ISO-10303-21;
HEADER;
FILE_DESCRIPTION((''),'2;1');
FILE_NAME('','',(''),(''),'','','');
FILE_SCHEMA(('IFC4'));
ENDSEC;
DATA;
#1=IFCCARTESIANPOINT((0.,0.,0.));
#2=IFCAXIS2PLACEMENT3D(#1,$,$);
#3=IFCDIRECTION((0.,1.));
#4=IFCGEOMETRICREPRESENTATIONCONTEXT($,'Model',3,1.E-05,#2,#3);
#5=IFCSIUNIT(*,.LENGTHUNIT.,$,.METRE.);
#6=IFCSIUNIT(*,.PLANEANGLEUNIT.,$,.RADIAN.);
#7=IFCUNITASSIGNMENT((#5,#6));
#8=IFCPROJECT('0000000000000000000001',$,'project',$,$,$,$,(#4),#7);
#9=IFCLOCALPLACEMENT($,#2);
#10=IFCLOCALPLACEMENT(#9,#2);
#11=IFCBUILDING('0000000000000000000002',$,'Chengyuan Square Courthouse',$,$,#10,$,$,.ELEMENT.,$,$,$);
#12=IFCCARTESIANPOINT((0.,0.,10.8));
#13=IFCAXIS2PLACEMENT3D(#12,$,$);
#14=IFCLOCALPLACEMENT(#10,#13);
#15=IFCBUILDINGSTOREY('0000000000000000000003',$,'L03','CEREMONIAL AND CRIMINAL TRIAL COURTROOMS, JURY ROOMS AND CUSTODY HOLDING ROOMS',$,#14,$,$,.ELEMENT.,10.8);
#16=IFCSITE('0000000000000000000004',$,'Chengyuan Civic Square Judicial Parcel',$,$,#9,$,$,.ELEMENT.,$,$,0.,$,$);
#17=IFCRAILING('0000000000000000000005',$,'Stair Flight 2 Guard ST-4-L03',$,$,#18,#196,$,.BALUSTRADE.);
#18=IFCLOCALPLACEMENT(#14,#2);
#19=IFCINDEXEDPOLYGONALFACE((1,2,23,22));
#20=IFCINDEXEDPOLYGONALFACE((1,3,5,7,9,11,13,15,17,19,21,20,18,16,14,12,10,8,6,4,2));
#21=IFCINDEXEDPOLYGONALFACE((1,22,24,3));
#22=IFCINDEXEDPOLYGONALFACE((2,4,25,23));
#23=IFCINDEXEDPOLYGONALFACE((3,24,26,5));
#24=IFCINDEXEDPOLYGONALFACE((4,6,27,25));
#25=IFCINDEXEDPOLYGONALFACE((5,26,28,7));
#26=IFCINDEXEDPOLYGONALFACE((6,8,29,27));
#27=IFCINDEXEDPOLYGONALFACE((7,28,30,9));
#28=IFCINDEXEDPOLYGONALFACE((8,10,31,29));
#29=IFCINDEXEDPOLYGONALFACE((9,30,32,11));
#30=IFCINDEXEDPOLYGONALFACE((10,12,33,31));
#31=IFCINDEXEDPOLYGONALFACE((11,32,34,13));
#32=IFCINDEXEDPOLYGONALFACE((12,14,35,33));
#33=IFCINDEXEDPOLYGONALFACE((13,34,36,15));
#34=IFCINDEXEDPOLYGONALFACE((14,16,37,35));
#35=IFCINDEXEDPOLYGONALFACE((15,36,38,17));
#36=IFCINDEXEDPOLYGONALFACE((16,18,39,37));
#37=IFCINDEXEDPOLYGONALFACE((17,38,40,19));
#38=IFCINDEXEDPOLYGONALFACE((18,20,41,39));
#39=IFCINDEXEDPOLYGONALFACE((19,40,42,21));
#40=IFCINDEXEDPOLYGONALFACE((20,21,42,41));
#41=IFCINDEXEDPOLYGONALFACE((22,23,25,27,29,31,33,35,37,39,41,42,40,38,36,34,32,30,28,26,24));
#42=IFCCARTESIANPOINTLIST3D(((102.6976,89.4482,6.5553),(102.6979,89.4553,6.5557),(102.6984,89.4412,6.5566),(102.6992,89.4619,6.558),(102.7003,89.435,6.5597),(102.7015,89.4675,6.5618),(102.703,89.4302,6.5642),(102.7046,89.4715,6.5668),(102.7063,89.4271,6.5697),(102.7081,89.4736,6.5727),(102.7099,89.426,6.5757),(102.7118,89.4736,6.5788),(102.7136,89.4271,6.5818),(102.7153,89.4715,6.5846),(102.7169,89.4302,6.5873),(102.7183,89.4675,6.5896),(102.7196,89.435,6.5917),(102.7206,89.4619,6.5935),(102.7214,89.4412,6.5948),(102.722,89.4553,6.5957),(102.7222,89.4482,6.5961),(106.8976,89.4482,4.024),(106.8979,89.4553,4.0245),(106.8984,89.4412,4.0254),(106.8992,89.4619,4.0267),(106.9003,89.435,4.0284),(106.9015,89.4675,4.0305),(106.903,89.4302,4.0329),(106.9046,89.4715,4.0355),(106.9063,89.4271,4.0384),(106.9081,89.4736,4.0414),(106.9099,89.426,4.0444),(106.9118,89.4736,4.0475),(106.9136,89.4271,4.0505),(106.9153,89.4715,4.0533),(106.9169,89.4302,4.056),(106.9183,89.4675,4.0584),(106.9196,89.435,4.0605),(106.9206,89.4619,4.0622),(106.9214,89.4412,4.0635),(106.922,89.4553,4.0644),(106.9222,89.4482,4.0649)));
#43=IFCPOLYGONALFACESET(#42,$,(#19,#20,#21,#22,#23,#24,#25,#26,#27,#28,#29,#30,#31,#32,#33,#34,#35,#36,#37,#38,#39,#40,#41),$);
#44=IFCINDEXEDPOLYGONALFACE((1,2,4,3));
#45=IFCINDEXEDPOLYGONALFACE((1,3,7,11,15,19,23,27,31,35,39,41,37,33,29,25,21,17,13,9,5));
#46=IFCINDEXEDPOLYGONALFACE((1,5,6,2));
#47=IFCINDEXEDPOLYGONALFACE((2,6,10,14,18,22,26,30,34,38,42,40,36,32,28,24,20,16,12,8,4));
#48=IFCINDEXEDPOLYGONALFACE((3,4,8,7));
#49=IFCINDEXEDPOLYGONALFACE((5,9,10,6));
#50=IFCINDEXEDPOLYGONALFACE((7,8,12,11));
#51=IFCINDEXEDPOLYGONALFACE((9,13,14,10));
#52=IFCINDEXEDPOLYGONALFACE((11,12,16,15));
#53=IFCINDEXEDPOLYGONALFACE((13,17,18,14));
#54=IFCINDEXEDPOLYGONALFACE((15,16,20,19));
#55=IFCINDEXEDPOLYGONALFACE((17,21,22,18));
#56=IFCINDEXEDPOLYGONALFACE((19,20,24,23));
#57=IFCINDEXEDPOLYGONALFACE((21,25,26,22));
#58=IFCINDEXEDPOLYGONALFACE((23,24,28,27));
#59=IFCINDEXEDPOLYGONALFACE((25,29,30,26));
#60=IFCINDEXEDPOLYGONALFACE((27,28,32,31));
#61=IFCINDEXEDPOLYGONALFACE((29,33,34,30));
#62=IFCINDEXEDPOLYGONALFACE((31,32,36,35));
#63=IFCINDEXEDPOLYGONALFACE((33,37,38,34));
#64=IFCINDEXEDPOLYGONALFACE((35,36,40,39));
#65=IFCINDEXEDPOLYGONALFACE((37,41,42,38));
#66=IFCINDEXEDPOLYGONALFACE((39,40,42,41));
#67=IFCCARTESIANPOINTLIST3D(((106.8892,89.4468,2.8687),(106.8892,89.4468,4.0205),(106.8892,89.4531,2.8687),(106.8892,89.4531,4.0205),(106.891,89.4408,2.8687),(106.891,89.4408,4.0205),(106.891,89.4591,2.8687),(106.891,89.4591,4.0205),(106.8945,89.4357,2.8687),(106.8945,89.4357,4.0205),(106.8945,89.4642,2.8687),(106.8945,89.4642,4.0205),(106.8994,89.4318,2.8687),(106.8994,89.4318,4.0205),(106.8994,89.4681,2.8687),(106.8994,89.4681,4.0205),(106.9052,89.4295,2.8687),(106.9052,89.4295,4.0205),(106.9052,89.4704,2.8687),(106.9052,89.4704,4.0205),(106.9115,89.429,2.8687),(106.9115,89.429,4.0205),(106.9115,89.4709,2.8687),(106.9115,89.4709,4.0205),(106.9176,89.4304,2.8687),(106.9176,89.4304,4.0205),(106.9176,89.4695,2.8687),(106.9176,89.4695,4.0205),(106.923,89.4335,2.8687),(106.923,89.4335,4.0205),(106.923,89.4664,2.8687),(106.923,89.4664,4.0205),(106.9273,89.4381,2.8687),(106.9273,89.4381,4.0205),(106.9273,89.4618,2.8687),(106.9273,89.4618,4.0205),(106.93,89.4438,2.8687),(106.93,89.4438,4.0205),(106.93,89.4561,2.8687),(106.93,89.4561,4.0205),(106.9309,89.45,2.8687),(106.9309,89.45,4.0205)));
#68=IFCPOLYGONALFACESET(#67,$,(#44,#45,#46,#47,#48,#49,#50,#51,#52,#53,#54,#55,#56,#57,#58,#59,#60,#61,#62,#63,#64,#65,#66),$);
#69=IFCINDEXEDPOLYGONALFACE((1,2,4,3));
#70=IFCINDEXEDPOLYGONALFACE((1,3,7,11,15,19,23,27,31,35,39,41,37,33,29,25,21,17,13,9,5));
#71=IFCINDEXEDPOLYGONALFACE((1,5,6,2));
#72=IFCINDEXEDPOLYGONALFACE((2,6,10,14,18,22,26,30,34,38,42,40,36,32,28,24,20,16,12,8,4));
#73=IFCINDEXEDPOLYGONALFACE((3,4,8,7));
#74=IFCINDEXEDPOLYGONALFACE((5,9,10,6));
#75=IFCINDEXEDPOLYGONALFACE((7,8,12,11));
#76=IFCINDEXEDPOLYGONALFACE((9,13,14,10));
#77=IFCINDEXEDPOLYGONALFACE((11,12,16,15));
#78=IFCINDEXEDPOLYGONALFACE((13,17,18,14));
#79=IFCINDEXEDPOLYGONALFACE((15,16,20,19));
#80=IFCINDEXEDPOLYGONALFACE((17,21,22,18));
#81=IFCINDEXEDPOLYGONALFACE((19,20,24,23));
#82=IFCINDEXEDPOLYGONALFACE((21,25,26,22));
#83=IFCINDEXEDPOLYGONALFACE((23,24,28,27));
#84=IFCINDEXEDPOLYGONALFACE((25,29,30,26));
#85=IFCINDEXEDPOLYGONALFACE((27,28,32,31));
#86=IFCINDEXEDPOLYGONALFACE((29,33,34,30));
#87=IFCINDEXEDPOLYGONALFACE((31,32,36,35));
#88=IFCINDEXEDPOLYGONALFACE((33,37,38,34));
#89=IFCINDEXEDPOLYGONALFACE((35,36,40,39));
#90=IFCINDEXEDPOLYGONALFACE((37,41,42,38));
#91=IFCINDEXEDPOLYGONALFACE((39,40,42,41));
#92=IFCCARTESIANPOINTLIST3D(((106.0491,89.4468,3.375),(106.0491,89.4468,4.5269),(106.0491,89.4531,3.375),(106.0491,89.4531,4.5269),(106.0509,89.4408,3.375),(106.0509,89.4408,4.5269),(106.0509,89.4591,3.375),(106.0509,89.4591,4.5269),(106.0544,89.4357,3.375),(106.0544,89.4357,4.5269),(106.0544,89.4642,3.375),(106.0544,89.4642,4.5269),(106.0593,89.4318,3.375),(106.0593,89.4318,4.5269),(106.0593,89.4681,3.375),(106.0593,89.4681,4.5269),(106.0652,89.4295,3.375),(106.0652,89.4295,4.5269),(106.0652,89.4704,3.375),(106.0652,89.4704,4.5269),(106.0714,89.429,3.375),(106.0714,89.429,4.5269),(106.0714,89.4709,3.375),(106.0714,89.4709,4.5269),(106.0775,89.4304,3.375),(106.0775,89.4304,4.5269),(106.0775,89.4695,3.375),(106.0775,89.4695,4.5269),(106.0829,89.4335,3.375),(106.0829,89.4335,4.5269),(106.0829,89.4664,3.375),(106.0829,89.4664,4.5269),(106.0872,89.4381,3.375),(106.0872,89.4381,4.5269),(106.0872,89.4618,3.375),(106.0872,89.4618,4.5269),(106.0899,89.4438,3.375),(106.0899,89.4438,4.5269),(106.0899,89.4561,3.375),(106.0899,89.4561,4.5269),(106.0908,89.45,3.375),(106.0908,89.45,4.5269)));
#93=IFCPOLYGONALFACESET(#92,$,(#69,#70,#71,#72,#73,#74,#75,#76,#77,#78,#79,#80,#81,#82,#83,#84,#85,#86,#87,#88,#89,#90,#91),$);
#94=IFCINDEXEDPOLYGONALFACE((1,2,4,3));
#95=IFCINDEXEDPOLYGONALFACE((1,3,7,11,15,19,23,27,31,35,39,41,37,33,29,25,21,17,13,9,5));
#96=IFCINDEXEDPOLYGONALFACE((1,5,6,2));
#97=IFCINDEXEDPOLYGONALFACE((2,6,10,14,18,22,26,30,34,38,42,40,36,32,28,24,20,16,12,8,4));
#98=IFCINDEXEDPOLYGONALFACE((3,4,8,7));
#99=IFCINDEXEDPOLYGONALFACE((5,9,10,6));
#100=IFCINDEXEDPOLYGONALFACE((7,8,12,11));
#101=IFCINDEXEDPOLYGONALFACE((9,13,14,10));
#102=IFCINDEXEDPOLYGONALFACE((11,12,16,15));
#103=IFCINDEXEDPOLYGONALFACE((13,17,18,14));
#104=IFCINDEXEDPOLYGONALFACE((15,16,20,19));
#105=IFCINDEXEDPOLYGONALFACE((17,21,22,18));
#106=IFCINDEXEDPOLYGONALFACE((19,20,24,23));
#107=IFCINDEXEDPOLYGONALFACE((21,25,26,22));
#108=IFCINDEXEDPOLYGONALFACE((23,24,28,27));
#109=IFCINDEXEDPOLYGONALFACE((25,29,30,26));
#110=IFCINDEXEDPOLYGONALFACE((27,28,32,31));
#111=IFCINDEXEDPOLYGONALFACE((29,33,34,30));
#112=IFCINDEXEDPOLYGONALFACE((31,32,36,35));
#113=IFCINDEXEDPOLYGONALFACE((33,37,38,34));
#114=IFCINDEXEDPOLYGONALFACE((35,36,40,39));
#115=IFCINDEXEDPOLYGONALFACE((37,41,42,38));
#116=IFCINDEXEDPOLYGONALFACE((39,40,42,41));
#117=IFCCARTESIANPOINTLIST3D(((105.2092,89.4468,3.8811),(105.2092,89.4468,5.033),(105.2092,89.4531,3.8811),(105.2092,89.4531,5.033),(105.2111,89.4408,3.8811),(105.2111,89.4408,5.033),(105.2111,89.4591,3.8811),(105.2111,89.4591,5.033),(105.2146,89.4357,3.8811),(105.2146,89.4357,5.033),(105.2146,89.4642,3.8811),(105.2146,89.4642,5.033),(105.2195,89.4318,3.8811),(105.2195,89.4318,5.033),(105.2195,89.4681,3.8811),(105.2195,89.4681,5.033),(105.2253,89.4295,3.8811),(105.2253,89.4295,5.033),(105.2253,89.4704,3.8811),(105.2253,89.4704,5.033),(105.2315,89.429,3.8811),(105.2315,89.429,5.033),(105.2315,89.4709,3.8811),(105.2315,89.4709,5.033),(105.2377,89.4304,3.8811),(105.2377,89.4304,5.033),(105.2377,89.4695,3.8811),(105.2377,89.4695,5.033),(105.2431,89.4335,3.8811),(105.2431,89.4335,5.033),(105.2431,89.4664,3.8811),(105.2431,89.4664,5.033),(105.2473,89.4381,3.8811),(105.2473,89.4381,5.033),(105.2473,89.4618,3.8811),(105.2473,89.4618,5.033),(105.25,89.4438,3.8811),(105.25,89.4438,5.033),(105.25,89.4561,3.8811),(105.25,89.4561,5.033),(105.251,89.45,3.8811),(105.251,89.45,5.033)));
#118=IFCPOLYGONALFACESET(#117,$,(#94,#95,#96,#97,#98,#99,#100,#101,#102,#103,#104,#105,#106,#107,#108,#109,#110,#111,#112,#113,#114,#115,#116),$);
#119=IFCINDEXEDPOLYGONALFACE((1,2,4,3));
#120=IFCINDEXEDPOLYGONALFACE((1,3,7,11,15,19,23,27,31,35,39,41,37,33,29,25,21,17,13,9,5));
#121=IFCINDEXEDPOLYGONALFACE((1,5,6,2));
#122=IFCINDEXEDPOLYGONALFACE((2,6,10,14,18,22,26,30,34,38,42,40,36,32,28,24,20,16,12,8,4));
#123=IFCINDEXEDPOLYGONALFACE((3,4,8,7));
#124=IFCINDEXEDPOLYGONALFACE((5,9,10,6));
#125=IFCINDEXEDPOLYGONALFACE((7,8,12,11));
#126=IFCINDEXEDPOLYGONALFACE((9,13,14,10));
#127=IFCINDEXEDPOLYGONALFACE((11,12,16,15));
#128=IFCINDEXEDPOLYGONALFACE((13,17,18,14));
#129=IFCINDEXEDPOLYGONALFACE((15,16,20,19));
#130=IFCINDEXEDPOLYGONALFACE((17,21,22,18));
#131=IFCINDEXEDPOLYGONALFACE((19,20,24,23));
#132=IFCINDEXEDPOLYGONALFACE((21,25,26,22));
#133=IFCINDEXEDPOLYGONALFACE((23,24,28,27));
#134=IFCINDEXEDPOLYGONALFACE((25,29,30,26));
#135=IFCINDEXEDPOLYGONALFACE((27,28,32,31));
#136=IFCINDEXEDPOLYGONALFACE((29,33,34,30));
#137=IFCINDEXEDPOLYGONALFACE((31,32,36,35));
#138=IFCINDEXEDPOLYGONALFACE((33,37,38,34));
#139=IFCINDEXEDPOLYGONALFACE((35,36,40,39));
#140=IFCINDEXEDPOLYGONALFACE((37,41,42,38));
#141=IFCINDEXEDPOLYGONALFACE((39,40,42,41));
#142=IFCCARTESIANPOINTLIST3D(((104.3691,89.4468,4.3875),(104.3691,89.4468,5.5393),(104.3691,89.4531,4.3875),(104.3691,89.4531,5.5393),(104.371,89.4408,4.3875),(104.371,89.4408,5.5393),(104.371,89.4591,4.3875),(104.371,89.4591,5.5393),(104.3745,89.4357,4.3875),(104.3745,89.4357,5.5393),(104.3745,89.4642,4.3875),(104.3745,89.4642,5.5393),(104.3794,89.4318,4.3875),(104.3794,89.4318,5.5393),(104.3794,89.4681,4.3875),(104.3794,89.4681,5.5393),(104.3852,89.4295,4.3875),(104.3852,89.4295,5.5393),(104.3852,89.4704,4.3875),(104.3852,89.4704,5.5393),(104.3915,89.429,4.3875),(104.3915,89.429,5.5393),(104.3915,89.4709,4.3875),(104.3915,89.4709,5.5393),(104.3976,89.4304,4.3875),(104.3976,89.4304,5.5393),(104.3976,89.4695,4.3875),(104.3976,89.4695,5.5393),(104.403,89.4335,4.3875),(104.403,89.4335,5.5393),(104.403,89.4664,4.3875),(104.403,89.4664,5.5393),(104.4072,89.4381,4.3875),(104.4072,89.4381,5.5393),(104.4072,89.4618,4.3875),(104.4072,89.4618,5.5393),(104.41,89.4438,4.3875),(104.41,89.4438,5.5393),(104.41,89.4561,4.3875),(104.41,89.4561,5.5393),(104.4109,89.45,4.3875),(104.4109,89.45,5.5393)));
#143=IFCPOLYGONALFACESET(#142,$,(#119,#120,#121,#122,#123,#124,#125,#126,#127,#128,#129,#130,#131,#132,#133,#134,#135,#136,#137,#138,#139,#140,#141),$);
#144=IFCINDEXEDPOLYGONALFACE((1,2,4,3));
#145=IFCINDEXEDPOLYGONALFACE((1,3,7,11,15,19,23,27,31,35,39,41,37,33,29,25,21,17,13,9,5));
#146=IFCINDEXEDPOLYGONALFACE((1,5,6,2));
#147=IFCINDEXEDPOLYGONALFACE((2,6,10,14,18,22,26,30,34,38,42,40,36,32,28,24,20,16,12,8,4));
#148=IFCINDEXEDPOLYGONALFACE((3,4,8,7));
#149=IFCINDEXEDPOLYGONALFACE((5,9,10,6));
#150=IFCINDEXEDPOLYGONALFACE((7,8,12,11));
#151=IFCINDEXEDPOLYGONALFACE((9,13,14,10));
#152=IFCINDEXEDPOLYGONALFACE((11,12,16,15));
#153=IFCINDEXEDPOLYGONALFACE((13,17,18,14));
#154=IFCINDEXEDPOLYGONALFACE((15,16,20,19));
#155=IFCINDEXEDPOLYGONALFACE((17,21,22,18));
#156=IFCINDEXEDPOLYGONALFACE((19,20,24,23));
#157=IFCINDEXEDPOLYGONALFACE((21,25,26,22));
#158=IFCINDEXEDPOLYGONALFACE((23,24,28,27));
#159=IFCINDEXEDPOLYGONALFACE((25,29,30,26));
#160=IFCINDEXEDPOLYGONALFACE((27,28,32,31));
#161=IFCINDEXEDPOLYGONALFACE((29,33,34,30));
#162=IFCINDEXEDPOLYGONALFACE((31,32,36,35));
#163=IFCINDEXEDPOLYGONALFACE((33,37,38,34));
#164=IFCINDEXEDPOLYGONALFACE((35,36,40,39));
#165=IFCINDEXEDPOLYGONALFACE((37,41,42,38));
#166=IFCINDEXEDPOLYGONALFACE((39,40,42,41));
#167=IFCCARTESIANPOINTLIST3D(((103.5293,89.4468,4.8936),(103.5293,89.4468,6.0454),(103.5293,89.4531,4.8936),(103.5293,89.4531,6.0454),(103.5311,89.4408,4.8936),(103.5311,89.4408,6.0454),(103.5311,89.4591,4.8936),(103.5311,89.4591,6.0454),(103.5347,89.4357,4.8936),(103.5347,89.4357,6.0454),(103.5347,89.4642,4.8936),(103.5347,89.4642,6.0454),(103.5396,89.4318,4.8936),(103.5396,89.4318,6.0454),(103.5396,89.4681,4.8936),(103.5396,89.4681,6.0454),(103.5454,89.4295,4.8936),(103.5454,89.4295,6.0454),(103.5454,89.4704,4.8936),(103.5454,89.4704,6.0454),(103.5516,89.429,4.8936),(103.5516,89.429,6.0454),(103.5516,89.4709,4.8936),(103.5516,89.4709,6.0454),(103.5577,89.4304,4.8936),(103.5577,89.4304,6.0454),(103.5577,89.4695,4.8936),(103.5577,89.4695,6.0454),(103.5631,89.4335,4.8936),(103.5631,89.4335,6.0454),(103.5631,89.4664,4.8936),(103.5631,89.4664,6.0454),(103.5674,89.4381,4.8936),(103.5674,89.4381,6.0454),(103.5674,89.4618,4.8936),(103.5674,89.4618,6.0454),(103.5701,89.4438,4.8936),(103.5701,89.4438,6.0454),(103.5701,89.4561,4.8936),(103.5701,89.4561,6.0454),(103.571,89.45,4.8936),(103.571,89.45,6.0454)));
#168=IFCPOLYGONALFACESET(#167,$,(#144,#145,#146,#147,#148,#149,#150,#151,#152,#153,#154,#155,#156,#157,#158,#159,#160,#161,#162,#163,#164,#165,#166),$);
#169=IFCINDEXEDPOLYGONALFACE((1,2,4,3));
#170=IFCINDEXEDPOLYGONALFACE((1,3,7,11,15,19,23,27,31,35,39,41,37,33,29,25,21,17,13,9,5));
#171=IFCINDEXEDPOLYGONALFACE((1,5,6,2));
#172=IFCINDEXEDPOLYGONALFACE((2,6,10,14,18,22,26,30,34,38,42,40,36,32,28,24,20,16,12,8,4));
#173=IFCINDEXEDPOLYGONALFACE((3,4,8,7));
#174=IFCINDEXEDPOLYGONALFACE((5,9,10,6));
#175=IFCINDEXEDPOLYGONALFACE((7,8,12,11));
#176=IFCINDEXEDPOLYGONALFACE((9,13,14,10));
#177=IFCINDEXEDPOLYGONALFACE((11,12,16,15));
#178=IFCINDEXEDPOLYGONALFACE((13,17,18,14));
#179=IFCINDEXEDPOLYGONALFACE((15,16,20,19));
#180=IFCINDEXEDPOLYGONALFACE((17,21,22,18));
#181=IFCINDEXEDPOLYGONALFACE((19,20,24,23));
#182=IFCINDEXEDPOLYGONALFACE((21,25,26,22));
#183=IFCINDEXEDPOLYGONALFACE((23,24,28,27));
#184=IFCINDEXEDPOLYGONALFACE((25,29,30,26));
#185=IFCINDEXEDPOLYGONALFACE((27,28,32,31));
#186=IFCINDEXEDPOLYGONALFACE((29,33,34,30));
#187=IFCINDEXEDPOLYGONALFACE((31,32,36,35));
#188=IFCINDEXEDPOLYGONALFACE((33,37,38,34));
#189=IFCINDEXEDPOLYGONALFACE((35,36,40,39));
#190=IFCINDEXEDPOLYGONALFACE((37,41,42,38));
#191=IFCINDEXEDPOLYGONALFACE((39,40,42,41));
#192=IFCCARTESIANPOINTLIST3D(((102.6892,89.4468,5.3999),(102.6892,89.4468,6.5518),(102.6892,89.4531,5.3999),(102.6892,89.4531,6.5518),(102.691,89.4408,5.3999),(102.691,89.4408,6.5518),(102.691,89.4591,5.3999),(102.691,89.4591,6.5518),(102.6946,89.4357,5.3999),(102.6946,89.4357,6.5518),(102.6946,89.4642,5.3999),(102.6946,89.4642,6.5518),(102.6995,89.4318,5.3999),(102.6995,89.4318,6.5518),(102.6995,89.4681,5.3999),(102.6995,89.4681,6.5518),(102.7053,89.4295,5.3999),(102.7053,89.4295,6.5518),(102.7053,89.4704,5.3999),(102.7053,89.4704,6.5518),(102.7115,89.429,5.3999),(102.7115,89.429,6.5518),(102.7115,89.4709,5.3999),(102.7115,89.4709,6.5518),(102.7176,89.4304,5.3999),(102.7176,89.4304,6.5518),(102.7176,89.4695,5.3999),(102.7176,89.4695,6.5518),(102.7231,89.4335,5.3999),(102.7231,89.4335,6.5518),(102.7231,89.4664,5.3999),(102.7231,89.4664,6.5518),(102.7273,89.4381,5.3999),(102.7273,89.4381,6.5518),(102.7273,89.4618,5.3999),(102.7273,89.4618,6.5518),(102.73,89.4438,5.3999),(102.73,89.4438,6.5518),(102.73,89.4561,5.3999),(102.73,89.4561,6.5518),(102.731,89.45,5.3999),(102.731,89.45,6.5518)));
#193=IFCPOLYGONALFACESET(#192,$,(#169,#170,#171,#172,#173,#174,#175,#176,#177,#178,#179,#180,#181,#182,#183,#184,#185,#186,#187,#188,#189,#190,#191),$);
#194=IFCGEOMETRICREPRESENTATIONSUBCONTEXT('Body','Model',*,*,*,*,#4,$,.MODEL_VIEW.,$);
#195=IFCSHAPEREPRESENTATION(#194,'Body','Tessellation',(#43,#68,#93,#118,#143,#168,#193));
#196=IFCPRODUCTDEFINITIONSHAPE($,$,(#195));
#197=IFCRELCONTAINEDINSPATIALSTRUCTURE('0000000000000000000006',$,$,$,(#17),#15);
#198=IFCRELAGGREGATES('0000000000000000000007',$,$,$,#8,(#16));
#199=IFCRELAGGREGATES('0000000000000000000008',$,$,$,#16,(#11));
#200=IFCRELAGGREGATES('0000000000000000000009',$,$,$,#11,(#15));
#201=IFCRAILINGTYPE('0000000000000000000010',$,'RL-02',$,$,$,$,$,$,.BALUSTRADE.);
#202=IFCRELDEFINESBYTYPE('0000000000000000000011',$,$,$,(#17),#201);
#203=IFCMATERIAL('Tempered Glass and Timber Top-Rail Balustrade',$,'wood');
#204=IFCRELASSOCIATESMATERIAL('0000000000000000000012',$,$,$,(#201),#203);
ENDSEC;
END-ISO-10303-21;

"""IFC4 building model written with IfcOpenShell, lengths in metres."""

from ifc_helpers import new_model, si_unit, direction, frame, origin, origin_2d, place, context, subcontext, project, spatial, circle, extrude, material, type_object, element, save


model = new_model("IFC4")

# Units and contexts
model_context = context("Model", 3, precision=1e-05, world=origin(), true_north=direction((0.0, 1.0)))
body_context = subcontext(model_context, "Body", "Model", "MODEL_VIEW")
ifc_project = project(units=[si_unit("LENGTHUNIT", "METRE"), si_unit("PLANEANGLEUNIT", "RADIAN")], contexts=[model_context])

# Site, building, storey
site_placement = place(None, origin())
site = spatial("IfcSite", under=ifc_project, at=site_placement, Name="Chengyuan Civic Square Judicial Parcel", CompositionType="ELEMENT", RefElevation=0.0)
building_placement = place(site_placement, origin())
building = spatial("IfcBuilding", under=site, at=building_placement, Name="Chengyuan Square Courthouse", CompositionType="ELEMENT")
storey_placement = place(building_placement, frame((0.0, 0.0, 10.8)))
storey = spatial("IfcBuildingStorey", under=building, at=storey_placement, Name="L03", Description="CEREMONIAL AND CRIMINAL TRIAL COURTROOMS, JURY ROOMS AND CUSTODY HOLDING ROOMS", CompositionType="ELEMENT", Elevation=10.8)

# Railing
ifc_material_1 = material(Name="Tempered Glass and Timber Top-Rail Balustrade", Category="wood")
railing_type_1 = type_object("IfcRailingType", Name="RL-02", PredefinedType="BALUSTRADE", material=ifc_material_1)
railing_1_placement = place(storey_placement, frame((106.9099, 89.45, 2.8687)))
element("IfcRailing", 1, at=railing_1_placement, inside=storey, type_object=railing_type_1, Name="Stair Flight 2 Guard ST-4-L03", PredefinedType="BALUSTRADE", context=body_context, shape_type="SweptSolid", body=[
    extrude(circle(Radius=0.0239, at=origin_2d()), frame((0.0, 0.0, 1.1758), z_axis=(-0.856476, 0.0, 0.516186), x_axis=(0.0, -1.0, 0.0)), (0.0, 0.0, 1.0), 4.9038),
    extrude(circle(Radius=0.021, at=origin_2d()), origin(), (0.0, 0.0, 1.0), 1.1519),
    extrude(circle(Radius=0.021, at=origin_2d()), frame((-0.8401, 0.0, 0.5063)), (0.0, 0.0, 1.0), 1.1519),
    extrude(circle(Radius=0.021, at=origin_2d()), frame((-1.6799, 0.0, 1.0125)), (0.0, 0.0, 1.0), 1.1519),
    extrude(circle(Radius=0.021, at=origin_2d()), frame((-2.52, 0.0, 1.5188)), (0.0, 0.0, 1.0), 1.1519),
    extrude(circle(Radius=0.021, at=origin_2d()), frame((-3.3599, 0.0, 2.0249)), (0.0, 0.0, 1.0), 1.1519),
    extrude(circle(Radius=0.021, at=origin_2d()), frame((-4.2, 0.0, 2.5312)), (0.0, 0.0, 1.0), 1.1519),
])

save(model, "model.ifc")
